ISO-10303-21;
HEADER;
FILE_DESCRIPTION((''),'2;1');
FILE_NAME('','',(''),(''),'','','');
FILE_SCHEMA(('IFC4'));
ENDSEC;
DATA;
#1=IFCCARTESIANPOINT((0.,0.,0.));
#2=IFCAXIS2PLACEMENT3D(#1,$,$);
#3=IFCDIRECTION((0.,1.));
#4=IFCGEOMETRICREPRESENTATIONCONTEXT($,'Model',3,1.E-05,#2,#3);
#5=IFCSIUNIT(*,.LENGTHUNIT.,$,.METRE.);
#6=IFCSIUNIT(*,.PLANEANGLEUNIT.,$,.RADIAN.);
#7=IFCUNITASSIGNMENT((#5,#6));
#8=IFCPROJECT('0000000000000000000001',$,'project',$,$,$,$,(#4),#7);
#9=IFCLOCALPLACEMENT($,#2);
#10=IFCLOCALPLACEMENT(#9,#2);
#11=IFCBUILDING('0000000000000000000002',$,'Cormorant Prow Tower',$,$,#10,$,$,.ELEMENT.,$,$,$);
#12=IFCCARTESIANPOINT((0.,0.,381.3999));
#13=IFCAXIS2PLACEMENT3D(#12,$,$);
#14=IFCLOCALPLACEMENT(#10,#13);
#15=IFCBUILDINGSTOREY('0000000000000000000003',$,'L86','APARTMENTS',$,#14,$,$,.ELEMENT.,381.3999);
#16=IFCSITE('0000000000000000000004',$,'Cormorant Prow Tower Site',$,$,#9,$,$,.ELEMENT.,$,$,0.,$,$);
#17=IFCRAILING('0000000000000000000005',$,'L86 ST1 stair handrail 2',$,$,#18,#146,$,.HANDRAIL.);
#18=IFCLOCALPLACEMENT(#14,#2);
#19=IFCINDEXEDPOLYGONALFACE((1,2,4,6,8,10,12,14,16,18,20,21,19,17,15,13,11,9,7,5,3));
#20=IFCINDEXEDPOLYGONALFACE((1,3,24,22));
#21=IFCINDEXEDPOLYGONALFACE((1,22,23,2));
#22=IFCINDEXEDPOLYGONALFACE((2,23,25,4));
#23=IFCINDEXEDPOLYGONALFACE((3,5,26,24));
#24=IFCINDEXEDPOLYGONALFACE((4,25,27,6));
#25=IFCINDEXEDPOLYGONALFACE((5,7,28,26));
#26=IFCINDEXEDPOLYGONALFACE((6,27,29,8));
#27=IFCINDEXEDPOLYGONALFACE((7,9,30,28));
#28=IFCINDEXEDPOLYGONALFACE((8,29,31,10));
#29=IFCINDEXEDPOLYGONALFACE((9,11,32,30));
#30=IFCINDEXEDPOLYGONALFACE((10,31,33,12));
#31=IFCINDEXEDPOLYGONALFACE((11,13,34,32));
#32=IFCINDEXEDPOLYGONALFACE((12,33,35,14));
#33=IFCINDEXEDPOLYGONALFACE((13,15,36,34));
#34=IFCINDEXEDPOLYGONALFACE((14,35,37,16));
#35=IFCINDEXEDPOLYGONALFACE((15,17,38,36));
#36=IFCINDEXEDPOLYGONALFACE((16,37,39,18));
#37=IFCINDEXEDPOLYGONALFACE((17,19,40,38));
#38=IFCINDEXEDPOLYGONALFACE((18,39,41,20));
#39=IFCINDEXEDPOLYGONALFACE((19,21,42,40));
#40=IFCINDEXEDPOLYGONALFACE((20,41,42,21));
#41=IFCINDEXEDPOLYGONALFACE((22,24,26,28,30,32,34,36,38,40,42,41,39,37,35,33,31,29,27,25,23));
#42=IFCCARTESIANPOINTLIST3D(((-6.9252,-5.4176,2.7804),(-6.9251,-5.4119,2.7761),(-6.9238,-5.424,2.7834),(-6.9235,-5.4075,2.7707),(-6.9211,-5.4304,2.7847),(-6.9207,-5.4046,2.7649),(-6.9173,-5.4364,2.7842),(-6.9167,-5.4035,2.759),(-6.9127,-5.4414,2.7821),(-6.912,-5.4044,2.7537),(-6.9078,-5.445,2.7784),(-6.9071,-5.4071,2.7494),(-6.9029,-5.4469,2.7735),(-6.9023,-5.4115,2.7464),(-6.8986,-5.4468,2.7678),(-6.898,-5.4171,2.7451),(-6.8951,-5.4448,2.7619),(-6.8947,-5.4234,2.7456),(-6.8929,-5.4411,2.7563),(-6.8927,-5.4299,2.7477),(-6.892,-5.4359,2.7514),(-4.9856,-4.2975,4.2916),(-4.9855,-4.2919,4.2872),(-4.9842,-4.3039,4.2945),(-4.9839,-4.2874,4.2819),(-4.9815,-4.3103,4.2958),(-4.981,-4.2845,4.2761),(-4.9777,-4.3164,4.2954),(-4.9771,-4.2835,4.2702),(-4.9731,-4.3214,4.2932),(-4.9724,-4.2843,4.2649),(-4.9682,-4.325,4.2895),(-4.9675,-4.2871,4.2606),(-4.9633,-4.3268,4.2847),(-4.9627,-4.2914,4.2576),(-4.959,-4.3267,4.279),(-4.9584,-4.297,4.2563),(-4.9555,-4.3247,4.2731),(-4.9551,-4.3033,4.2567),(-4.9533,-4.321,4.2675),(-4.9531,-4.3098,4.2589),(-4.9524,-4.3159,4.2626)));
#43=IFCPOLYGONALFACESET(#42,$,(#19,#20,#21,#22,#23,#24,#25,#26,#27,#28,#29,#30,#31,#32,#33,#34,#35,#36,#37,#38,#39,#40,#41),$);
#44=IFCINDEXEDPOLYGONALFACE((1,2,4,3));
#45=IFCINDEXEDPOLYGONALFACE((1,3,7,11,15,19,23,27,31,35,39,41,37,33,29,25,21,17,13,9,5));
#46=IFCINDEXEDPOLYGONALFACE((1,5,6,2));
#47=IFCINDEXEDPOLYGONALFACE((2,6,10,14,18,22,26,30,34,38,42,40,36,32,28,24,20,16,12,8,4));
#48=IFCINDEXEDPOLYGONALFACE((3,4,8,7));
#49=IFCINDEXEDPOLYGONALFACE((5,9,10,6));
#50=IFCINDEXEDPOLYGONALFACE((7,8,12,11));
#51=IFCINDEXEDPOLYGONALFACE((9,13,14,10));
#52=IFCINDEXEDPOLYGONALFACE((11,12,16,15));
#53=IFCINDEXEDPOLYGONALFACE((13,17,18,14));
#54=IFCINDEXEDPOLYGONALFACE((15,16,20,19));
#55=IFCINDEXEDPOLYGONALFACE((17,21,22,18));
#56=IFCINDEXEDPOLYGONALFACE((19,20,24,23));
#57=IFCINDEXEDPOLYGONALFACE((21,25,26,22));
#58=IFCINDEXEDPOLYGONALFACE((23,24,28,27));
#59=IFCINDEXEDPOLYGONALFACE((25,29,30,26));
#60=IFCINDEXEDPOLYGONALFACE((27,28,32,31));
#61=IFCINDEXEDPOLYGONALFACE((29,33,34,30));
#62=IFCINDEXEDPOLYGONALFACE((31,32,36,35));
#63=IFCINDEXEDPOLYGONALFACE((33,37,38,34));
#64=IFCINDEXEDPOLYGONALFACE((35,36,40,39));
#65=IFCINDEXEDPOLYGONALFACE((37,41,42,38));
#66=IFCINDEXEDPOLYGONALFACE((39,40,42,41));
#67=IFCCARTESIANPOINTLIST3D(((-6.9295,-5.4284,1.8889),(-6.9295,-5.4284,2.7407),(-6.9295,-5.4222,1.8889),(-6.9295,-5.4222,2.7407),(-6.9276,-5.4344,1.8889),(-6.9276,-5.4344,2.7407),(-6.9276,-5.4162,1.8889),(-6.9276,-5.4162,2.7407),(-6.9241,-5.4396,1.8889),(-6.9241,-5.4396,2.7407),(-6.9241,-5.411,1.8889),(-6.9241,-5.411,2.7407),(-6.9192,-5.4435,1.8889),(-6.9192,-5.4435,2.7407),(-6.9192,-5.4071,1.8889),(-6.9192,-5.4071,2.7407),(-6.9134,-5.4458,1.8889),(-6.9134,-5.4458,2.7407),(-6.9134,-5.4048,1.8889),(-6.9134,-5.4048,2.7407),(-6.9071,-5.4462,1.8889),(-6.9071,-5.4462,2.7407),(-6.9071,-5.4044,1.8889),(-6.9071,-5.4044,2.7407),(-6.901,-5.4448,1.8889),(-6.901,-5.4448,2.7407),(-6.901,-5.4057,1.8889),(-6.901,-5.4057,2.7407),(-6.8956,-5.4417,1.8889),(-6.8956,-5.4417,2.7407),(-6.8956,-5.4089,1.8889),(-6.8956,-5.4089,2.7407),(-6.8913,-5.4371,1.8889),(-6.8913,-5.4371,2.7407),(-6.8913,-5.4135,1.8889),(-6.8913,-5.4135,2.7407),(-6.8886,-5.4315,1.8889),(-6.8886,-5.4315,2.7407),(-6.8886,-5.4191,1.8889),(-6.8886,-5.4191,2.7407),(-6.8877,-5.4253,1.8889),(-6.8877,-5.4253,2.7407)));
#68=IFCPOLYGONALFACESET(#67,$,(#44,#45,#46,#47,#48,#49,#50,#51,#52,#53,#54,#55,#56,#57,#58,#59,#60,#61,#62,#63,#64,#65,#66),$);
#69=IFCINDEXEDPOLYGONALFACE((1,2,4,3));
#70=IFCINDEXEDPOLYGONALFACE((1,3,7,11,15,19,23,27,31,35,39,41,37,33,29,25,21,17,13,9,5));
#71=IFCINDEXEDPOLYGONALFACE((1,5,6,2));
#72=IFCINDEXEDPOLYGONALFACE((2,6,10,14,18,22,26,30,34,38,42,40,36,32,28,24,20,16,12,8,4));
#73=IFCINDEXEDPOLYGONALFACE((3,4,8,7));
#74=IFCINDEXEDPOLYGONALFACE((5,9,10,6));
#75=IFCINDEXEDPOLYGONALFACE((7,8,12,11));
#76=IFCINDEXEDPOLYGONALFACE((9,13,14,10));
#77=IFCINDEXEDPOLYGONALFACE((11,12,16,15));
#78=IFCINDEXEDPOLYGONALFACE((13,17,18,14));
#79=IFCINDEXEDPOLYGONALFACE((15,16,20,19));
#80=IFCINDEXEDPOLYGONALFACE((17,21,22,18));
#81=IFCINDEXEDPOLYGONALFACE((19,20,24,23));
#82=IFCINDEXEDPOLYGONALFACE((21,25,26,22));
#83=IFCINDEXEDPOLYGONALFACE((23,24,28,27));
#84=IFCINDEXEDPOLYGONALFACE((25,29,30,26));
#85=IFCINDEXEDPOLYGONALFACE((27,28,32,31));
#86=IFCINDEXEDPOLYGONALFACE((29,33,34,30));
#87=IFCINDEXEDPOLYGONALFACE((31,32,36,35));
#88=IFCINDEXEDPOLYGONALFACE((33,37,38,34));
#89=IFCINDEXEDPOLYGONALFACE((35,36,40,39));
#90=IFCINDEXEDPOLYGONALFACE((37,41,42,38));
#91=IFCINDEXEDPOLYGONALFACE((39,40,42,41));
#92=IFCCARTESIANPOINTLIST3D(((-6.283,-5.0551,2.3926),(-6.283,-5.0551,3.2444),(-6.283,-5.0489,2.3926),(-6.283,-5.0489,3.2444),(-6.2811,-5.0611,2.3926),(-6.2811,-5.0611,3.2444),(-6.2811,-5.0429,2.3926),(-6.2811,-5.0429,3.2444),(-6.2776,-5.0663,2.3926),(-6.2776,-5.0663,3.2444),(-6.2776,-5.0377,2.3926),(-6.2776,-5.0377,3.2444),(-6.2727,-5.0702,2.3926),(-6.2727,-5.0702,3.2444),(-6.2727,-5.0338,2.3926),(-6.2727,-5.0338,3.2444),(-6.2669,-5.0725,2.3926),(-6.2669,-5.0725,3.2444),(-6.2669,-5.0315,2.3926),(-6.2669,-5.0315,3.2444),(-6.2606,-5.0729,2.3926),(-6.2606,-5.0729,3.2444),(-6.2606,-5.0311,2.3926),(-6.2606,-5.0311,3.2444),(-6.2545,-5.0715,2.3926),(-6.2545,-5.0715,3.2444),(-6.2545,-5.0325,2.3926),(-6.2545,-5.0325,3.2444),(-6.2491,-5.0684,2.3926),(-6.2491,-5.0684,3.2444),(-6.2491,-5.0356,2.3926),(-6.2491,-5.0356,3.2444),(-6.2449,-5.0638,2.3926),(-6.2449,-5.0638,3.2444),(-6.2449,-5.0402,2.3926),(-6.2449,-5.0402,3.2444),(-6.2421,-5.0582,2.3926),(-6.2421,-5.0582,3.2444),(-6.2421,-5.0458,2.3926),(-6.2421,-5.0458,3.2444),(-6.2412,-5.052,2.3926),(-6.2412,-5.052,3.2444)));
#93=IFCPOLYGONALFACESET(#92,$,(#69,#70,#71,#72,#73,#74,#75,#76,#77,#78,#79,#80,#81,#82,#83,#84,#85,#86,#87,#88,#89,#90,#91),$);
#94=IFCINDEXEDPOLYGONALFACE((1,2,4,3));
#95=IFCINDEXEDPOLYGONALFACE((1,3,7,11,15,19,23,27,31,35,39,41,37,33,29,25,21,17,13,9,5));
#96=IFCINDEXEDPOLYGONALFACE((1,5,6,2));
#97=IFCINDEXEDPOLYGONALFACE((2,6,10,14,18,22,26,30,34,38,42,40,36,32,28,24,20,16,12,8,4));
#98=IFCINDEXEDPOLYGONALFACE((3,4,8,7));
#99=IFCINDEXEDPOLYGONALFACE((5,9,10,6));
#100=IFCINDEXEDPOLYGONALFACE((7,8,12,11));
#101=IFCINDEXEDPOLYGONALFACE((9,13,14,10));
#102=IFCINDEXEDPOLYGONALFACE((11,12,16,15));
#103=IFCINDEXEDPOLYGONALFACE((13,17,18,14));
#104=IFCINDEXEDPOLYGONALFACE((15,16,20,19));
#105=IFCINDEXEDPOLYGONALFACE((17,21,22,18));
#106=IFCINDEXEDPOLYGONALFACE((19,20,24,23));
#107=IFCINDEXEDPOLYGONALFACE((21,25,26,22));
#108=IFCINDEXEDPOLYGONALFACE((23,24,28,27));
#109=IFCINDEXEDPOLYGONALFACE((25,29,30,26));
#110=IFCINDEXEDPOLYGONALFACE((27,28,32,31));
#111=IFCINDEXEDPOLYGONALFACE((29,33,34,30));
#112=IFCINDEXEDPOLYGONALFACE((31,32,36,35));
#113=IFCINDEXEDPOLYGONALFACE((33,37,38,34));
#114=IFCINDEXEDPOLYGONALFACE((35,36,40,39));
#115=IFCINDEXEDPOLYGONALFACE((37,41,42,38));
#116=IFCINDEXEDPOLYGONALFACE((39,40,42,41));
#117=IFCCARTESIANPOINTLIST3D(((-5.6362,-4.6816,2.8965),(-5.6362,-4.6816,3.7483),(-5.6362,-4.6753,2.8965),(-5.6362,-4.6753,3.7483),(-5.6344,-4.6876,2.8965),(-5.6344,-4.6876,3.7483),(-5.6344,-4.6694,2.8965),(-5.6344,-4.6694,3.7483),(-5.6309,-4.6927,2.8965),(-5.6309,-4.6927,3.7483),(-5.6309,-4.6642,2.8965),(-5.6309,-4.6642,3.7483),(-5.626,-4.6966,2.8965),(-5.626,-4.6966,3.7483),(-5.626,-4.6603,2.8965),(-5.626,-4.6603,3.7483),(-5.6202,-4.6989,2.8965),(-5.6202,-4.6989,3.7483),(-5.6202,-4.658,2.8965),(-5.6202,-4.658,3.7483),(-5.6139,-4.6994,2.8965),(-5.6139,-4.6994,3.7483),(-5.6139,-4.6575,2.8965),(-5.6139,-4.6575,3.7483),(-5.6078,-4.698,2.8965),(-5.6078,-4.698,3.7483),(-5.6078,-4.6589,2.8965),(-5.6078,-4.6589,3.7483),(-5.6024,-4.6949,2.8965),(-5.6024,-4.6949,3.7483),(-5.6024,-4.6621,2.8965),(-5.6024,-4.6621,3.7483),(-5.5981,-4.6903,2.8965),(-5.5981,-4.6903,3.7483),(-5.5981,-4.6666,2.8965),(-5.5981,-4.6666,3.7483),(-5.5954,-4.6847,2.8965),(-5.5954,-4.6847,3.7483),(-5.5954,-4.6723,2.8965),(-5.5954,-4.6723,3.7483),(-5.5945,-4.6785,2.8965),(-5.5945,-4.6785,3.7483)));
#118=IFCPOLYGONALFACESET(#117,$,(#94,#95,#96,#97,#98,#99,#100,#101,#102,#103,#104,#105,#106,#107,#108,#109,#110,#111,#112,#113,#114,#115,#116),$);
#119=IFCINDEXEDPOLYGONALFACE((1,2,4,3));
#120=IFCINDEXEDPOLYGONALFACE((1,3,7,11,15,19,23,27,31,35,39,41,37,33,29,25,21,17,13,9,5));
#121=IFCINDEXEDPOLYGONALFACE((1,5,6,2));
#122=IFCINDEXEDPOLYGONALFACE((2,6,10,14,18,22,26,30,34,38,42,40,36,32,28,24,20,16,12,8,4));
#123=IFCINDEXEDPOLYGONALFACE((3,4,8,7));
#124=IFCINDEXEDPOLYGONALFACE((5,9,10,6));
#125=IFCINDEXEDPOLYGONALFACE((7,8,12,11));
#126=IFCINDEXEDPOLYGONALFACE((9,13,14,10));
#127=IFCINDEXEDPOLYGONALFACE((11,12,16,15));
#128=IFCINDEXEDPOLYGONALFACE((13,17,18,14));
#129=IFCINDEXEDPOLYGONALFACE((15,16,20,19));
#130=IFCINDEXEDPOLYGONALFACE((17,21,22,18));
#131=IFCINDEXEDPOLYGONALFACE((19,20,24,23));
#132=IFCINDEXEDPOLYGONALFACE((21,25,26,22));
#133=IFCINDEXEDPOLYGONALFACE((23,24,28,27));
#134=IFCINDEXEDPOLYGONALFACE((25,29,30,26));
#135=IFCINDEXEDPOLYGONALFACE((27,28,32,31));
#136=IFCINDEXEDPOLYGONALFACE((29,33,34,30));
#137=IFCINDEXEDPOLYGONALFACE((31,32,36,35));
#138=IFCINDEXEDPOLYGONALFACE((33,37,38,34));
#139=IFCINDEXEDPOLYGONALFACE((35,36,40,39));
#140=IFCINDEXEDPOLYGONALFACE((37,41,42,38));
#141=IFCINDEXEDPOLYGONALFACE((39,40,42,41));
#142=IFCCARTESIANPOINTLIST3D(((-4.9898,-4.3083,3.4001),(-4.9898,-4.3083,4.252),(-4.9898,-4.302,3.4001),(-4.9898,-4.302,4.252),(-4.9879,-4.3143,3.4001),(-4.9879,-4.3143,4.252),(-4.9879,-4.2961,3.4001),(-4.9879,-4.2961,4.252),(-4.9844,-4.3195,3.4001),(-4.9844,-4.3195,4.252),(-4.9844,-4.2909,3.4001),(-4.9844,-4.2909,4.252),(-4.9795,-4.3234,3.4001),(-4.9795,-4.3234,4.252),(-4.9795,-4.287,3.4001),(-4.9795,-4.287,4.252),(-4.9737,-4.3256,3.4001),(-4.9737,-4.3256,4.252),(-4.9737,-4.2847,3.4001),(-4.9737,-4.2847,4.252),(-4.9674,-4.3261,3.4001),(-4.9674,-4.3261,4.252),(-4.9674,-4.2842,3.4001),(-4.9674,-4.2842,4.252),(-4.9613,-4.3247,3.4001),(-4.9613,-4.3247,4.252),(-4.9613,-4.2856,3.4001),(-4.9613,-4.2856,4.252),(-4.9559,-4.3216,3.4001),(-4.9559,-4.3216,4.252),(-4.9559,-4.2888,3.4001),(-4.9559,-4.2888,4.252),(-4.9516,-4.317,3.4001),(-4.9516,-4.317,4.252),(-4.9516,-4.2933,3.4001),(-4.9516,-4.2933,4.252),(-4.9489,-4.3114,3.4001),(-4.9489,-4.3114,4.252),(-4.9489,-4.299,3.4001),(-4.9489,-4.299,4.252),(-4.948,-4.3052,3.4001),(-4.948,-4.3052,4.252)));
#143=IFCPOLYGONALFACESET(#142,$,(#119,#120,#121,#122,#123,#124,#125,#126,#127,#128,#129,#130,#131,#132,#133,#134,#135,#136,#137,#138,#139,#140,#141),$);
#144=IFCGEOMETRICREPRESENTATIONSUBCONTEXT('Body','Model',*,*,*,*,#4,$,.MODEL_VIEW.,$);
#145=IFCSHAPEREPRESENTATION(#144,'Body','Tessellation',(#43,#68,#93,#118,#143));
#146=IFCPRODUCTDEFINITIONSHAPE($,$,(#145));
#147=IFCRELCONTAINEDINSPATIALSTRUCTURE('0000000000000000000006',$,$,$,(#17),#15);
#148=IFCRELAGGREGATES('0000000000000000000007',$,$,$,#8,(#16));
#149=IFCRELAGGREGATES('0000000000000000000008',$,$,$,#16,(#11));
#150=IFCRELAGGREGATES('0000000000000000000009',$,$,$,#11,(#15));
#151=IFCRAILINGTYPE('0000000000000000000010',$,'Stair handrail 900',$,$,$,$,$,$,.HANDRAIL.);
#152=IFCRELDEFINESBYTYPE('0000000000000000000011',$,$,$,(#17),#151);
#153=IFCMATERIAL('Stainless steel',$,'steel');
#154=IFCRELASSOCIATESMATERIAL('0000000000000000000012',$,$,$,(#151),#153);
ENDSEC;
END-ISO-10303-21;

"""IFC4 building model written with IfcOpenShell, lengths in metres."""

from ifc_helpers import new_model, si_unit, direction, frame, origin, origin_2d, place, context, subcontext, project, spatial, circle, extrude, material, type_object, element, save


model = new_model("IFC4")

# Units and contexts
model_context = context("Model", 3, precision=1e-05, world=origin(), true_north=direction((0.0, 1.0)))
body_context = subcontext(model_context, "Body", "Model", "MODEL_VIEW")
ifc_project = project(units=[si_unit("LENGTHUNIT", "METRE"), si_unit("PLANEANGLEUNIT", "RADIAN")], contexts=[model_context])

# Site, building, storey
site_placement = place(None, origin())
site = spatial("IfcSite", under=ifc_project, at=site_placement, Name="Cormorant Prow Tower Site", CompositionType="ELEMENT", RefElevation=0.0)
building_placement = place(site_placement, origin())
building = spatial("IfcBuilding", under=site, at=building_placement, Name="Cormorant Prow Tower", CompositionType="ELEMENT")
storey_placement = place(building_placement, frame((0.0, 0.0, 381.3999)))
storey = spatial("IfcBuildingStorey", under=building, at=storey_placement, Name="L86", Description="APARTMENTS", CompositionType="ELEMENT", Elevation=381.3999)

# Railing
ifc_material_1 = material(Name="Stainless steel", Category="steel")
railing_type_1 = type_object("IfcRailingType", Name="Stair handrail 900", PredefinedType="HANDRAIL", material=ifc_material_1)
railing_1_placement = place(storey_placement, frame((-6.9087, -5.4253, 1.8889)))
element("IfcRailing", 1, at=railing_1_placement, inside=storey, type_object=railing_type_1, Name="L86 ST1 stair handrail 2", PredefinedType="HANDRAIL", context=body_context, shape_type="SweptSolid", body=[
    extrude(circle(Radius=0.0239, at=origin_2d()), frame((0.0, 0.0, 0.876), z_axis=(0.71787, 0.414548, 0.559297), x_axis=(-0.500078, 0.86598, 0.0)), (0.0, 0.0, 1.0), 2.7019),
    extrude(circle(Radius=0.021, at=origin_2d()), origin(), (0.0, 0.0, 1.0), 0.8518),
    extrude(circle(Radius=0.021, at=origin_2d()), frame((0.6465, 0.3733, 0.5037)), (0.0, 0.0, 1.0), 0.8518),
    extrude(circle(Radius=0.021, at=origin_2d()), frame((1.2932, 0.7468, 1.0076)), (0.0, 0.0, 1.0), 0.8518),
    extrude(circle(Radius=0.021, at=origin_2d()), frame((1.9397, 1.1201, 1.5112)), (0.0, 0.0, 1.0), 0.8518),
])

save(model, "model.ifc")
